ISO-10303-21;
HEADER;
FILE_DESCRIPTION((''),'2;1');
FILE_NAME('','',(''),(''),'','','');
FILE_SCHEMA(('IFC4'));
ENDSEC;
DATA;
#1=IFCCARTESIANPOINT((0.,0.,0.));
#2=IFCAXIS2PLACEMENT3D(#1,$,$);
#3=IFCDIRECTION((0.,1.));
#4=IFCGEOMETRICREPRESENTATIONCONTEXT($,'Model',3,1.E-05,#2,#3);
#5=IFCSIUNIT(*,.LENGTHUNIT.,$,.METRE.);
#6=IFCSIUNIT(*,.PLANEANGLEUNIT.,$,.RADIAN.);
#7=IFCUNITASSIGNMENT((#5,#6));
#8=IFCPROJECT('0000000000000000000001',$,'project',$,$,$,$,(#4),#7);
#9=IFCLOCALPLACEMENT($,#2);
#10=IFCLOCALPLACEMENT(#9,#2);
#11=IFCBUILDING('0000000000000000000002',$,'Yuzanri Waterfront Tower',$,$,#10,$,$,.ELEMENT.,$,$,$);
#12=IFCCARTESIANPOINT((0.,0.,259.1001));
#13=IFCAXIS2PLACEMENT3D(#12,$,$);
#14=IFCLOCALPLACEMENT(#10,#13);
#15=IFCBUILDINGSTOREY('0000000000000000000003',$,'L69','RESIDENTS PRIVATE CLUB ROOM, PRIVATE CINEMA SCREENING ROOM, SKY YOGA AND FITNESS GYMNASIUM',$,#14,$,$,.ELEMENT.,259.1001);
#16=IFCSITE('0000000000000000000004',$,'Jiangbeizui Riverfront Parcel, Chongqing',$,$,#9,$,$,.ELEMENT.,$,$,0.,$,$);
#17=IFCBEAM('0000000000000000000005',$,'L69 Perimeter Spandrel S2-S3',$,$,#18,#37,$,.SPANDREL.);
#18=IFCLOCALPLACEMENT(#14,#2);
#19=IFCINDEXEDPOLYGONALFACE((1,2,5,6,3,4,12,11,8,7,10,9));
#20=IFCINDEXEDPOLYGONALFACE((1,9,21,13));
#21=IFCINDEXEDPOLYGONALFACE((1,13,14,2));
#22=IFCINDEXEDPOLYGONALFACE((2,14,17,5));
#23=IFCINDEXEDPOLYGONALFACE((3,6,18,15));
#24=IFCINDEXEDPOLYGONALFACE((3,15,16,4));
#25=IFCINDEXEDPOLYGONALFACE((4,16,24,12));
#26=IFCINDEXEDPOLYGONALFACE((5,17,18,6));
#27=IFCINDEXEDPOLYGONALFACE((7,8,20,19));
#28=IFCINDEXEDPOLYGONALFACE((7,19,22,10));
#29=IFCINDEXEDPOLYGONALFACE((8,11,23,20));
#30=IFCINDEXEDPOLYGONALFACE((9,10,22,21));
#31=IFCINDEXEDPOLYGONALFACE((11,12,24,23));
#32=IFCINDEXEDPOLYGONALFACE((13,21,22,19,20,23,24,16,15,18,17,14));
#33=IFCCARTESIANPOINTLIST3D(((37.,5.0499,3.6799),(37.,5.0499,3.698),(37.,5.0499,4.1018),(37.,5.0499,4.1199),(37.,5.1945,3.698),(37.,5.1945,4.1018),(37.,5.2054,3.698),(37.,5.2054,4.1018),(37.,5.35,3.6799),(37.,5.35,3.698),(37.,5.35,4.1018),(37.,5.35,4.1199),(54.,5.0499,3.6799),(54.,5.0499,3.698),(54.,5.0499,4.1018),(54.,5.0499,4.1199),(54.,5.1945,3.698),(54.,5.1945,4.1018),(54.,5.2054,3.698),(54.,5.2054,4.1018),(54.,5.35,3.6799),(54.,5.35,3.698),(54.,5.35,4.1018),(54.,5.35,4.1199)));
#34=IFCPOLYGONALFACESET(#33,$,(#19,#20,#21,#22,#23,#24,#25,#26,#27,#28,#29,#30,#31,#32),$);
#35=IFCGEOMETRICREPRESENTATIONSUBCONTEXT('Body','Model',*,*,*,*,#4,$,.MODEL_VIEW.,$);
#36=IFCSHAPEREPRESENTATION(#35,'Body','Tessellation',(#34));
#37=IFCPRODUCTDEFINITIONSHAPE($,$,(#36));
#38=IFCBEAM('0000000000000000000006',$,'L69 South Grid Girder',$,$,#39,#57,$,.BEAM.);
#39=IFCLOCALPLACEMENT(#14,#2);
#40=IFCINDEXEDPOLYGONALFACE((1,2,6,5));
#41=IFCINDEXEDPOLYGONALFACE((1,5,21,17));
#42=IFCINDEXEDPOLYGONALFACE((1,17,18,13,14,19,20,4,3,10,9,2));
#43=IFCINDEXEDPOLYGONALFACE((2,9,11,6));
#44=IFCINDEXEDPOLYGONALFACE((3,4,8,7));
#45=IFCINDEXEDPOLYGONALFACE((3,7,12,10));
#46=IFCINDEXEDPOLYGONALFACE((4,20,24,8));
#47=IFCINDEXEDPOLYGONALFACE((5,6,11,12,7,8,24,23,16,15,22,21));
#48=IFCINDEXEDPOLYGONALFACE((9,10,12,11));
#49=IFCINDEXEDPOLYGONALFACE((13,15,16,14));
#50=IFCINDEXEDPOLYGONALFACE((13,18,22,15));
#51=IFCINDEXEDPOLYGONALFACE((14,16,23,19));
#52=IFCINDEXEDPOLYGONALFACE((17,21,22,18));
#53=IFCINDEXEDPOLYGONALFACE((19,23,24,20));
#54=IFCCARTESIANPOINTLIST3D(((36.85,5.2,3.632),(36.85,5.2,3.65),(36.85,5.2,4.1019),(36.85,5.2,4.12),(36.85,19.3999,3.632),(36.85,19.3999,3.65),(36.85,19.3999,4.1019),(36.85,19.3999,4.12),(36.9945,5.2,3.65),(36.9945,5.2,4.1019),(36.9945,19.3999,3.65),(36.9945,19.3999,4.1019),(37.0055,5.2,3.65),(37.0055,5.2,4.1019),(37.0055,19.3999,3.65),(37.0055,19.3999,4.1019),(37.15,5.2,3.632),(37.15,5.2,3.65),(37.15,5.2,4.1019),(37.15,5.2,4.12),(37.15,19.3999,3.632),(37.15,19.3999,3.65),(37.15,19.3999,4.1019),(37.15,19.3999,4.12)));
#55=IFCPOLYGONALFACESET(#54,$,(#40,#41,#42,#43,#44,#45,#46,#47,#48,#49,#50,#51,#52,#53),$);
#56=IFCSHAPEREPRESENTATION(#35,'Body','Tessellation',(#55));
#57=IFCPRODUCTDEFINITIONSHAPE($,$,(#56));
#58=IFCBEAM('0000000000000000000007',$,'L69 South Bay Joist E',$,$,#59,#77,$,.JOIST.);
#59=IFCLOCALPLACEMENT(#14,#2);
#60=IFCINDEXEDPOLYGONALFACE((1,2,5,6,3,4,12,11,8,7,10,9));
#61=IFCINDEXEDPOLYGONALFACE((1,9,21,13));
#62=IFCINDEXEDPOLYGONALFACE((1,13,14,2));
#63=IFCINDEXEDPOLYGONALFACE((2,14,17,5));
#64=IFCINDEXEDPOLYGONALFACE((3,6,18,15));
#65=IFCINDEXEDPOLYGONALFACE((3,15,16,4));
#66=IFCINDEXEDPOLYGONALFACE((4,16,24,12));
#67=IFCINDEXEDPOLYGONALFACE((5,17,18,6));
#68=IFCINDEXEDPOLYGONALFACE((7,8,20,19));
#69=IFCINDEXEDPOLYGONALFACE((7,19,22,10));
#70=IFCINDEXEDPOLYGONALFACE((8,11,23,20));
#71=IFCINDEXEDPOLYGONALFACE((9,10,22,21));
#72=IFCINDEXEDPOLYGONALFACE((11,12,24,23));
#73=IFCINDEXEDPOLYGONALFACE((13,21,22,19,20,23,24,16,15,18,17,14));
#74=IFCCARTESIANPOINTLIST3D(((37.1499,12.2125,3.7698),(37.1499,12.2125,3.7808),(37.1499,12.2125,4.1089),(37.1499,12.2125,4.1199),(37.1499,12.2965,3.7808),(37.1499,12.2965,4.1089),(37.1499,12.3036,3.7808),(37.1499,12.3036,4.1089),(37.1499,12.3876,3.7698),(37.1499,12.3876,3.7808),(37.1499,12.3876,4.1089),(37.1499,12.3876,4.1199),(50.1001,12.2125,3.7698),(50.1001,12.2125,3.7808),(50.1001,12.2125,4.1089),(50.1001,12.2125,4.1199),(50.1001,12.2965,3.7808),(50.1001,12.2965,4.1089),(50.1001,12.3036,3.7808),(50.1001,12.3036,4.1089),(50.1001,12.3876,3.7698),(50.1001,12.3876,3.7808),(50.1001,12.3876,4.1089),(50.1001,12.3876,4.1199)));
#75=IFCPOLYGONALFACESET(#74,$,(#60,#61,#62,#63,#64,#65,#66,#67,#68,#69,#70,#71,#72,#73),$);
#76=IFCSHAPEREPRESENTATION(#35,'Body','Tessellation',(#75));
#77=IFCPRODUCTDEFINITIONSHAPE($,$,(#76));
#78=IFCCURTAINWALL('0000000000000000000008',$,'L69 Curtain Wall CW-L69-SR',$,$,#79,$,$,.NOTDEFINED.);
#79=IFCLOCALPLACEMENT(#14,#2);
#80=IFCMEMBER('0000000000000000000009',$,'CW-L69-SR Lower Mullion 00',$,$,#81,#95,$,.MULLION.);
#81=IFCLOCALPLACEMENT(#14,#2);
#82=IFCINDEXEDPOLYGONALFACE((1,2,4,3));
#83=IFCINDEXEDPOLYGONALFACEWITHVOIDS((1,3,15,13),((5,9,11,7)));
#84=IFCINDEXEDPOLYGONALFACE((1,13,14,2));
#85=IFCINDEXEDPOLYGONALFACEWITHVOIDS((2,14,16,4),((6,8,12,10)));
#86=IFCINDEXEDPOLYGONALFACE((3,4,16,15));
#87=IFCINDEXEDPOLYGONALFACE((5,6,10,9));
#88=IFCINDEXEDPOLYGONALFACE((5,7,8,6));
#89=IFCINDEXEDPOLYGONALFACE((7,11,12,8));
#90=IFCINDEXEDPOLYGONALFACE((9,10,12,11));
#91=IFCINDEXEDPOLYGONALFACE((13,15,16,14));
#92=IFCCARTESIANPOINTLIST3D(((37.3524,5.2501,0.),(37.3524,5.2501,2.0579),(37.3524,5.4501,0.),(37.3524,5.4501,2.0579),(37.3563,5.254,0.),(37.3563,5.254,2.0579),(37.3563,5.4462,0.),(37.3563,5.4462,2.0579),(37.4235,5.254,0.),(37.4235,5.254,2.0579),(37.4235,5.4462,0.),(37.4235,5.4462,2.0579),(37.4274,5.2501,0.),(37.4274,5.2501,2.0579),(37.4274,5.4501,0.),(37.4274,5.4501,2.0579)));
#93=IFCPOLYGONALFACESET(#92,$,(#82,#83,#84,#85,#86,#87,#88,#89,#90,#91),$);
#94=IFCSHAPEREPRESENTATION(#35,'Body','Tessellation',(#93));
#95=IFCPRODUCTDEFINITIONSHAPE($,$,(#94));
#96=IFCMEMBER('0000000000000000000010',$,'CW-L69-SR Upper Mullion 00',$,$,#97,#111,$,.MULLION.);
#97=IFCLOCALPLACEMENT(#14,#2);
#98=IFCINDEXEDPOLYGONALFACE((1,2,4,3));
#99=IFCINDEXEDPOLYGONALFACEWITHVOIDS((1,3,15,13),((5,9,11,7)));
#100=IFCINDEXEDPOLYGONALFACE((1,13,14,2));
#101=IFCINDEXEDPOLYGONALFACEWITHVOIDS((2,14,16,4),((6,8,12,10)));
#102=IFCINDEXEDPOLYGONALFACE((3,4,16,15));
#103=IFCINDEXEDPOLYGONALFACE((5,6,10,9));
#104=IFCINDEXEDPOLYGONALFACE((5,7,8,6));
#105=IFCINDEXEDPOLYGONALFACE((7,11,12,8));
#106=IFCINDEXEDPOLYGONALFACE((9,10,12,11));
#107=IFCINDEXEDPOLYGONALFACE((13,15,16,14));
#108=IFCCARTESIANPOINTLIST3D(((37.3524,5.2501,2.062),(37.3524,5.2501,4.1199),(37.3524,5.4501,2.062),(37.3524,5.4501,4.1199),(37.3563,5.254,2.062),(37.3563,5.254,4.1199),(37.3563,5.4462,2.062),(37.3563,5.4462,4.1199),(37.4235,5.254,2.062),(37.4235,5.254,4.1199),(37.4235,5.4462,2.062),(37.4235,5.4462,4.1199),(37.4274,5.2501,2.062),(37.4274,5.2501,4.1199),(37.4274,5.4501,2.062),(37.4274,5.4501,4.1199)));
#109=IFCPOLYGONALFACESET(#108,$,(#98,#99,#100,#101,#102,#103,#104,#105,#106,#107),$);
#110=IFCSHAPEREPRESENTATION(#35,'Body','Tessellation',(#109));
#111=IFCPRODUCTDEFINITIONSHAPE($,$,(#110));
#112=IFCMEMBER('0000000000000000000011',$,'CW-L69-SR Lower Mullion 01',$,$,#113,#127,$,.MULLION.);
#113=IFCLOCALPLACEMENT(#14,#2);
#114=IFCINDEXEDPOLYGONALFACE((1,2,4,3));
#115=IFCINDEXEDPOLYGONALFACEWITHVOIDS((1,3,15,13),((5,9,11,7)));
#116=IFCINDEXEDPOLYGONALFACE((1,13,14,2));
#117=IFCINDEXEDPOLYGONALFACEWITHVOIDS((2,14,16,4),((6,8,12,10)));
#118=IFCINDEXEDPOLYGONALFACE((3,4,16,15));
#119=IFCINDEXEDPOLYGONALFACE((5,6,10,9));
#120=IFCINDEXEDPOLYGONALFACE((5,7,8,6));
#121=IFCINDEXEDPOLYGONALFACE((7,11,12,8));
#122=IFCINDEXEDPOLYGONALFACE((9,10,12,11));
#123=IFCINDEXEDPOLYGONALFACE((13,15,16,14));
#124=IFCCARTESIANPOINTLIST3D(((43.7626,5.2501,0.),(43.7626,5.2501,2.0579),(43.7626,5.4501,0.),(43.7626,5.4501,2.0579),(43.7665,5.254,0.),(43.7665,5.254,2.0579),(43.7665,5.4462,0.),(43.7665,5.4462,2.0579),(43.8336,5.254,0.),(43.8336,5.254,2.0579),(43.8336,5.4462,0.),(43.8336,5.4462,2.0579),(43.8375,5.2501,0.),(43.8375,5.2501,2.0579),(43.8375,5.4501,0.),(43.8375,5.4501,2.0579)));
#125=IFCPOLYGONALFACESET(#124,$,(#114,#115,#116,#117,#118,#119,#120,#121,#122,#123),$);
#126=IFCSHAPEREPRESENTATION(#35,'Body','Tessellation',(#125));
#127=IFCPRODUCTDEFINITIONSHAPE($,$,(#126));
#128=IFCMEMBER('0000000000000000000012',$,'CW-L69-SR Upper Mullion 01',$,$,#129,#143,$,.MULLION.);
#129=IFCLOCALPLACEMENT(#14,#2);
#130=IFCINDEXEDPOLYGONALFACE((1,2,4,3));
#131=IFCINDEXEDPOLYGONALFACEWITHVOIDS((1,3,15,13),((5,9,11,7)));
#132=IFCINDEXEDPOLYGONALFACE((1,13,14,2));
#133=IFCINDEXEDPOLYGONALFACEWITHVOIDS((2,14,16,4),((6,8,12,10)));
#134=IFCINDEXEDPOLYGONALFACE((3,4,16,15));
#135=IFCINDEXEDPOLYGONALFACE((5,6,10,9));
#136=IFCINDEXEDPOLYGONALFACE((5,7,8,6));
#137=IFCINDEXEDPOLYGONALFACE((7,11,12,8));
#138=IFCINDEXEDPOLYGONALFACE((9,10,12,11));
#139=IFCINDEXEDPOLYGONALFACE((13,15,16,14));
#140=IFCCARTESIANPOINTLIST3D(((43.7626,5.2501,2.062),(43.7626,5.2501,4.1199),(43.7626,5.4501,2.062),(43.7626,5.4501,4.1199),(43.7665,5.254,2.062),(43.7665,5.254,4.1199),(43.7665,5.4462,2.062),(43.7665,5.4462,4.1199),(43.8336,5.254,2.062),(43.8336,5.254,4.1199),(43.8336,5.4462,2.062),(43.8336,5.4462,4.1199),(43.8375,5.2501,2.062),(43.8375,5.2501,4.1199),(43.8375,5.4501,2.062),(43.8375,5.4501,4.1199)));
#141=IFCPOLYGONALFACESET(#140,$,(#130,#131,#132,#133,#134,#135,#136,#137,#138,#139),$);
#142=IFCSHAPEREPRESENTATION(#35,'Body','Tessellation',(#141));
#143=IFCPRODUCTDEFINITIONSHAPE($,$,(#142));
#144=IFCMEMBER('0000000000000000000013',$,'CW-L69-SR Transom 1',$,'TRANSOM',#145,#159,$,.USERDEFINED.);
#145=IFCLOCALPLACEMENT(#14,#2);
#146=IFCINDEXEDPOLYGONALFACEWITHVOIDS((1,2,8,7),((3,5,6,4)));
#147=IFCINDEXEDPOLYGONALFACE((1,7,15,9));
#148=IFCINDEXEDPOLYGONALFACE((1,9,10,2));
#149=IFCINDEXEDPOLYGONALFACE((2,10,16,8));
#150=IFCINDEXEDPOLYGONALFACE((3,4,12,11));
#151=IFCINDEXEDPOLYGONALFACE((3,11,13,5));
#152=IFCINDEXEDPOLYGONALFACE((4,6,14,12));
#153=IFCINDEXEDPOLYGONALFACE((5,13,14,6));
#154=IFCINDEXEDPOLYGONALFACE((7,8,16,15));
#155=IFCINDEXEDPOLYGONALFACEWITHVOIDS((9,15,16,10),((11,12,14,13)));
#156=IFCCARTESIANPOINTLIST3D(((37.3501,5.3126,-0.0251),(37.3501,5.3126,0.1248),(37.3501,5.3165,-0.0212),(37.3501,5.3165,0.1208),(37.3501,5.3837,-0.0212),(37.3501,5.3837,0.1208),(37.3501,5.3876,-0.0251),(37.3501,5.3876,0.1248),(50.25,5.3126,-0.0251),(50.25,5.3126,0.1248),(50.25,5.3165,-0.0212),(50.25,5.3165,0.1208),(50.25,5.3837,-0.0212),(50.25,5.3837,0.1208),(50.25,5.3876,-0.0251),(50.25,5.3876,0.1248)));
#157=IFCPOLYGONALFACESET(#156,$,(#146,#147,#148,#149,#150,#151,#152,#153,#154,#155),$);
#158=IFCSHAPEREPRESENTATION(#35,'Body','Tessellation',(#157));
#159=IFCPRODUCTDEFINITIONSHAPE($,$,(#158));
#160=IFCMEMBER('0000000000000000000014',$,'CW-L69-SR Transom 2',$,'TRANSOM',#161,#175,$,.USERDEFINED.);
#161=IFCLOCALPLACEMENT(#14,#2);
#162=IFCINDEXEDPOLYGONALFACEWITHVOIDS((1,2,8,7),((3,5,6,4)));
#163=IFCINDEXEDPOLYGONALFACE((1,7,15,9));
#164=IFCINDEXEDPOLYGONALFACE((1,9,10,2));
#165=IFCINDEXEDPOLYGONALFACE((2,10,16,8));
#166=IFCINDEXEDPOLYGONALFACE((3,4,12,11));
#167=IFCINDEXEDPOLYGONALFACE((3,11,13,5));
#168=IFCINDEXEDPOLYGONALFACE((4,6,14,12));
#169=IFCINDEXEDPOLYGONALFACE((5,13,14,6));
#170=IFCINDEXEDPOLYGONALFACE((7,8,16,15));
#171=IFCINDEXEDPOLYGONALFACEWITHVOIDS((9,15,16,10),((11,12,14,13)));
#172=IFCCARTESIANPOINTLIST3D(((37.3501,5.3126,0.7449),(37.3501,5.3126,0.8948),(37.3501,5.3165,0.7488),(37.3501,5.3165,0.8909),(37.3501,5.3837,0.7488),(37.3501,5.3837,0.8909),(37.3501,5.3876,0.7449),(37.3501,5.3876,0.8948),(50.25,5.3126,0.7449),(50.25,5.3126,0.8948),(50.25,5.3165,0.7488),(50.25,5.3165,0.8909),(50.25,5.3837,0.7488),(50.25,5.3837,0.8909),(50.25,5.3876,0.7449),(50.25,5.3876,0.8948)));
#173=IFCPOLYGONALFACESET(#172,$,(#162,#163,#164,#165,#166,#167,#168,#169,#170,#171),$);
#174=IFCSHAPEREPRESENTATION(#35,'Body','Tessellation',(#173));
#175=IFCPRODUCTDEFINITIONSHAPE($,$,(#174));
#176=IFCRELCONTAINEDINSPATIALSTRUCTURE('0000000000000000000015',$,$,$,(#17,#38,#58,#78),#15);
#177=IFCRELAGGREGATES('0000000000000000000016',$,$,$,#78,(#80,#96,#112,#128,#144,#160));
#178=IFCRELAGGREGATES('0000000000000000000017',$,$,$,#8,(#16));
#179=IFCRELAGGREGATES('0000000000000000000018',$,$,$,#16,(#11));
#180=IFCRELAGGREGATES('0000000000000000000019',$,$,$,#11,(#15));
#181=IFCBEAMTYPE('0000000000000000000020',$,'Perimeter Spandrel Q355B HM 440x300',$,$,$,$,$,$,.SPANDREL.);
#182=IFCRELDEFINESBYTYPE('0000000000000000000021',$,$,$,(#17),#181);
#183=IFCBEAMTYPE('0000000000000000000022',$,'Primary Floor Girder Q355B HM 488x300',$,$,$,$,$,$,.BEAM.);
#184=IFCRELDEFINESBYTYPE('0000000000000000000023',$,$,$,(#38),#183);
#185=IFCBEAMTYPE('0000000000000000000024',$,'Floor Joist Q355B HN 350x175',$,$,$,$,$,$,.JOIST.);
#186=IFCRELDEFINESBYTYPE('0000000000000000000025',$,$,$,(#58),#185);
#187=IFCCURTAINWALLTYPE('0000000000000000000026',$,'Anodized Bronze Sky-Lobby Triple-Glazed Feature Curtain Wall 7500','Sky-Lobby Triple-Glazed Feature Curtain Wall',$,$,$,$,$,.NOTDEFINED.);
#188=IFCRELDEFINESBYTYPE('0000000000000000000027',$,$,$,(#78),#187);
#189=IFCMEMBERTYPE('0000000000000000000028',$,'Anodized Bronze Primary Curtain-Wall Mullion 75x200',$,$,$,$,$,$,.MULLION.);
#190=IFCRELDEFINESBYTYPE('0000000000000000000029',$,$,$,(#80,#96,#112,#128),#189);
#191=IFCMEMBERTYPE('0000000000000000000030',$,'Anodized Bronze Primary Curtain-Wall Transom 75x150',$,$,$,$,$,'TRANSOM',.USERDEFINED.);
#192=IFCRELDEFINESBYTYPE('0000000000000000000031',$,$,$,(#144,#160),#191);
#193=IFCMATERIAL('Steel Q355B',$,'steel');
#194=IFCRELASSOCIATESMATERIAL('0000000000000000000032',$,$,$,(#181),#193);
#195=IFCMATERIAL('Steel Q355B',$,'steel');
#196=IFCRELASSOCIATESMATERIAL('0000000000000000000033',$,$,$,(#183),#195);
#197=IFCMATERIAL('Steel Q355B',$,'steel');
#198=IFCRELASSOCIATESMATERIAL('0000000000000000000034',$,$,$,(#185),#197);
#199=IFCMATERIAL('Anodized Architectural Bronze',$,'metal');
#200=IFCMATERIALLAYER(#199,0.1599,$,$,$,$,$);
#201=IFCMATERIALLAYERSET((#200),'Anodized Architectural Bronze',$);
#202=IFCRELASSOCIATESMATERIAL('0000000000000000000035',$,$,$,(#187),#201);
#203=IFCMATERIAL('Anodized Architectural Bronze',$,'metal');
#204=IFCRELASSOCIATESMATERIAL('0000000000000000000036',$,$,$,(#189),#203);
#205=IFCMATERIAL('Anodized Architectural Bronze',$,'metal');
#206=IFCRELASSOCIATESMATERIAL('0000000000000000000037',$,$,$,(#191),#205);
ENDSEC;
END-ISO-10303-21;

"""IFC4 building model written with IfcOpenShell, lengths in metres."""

from ifc_helpers import new_model, si_unit, direction, frame, origin, origin_2d, place, context, subcontext, project, spatial, hollow_rectangle, i_section, extrude, source, transform, mapped, material, layer, layer_set, material_profile, profile_set, type_object, element, aggregate, save


model = new_model("IFC4")

# Units and contexts
model_context = context("Model", 3, precision=1e-05, world=origin(), true_north=direction((0.0, 1.0)))
body_context = subcontext(model_context, "Body", "Model", "MODEL_VIEW")
ifc_project = project(units=[si_unit("LENGTHUNIT", "METRE"), si_unit("PLANEANGLEUNIT", "RADIAN")], contexts=[model_context])

# Site, building, storey
site_placement = place(None, origin())
site = spatial("IfcSite", under=ifc_project, at=site_placement, Name="Jiangbeizui Riverfront Parcel, Chongqing", CompositionType="ELEMENT", RefElevation=0.0)
building_placement = place(site_placement, origin())
building = spatial("IfcBuilding", under=site, at=building_placement, Name="Yuzanri Waterfront Tower", CompositionType="ELEMENT")
storey_placement = place(building_placement, frame((0.0, 0.0, 259.1001)))
storey = spatial("IfcBuildingStorey", under=building, at=storey_placement, Name="L69", Description="RESIDENTS PRIVATE CLUB ROOM, PRIVATE CINEMA SCREENING ROOM, SKY YOGA AND FITNESS GYMNASIUM", CompositionType="ELEMENT", Elevation=259.1001)

# Beams
ifc_material_1 = material(Name="Steel Q355B", Category="steel")
ifc_material_profile_1 = material_profile(ifc_material_1, i_section(OverallWidth=0.3, OverallDepth=0.4399, WebThickness=0.011, FlangeThickness=0.0181, at=origin_2d()), Name="HM 440x300x11x18")
ifc_profile_set_1 = profile_set([ifc_material_profile_1], Name="Steel Q355B")
beam_type_1 = type_object("IfcBeamType", Name="Perimeter Spandrel Q355B HM 440x300", PredefinedType="SPANDREL", material=ifc_profile_set_1)
shared_shape_1 = source(origin(), body_context, "Body", "SweptSolid", [
    extrude(i_section(OverallWidth=0.3, OverallDepth=0.4399, WebThickness=0.011, FlangeThickness=0.0181, at=origin_2d()), origin(), (0.0, 0.0, 1.0), 17.0),
])
beam_1_placement = place(storey_placement, frame((37.0, 5.2, 3.8999), z_axis=(1.0, 0.0, 0.0), x_axis=(0.0, 1.0, 0.0)))
element("IfcBeam", 1, at=beam_1_placement, inside=storey, type_object=beam_type_1, Name="L69 Perimeter Spandrel S2-S3", PredefinedType="SPANDREL", context=body_context, shape_type="MappedRepresentation", body=[
    mapped(shared_shape_1, transform((0.0, 0.0, 0.0), scale=1.0)),
])
ifc_material_2 = material(Name="Steel Q355B", Category="steel")
ifc_material_profile_2 = material_profile(ifc_material_2, i_section(OverallWidth=0.3, OverallDepth=0.488, WebThickness=0.011, FlangeThickness=0.0181, at=origin_2d()), Name="HM 488x300x11x18")
ifc_profile_set_2 = profile_set([ifc_material_profile_2], Name="Steel Q355B")
beam_type_2 = type_object("IfcBeamType", Name="Primary Floor Girder Q355B HM 488x300", PredefinedType="BEAM", material=ifc_profile_set_2)
shared_shape_2 = source(origin(), body_context, "Body", "SweptSolid", [
    extrude(i_section(OverallWidth=0.3, OverallDepth=0.488, WebThickness=0.011, FlangeThickness=0.0181, at=origin_2d()), origin(), (0.0, 0.0, 1.0), 14.2),
])
beam_2_placement = place(storey_placement, frame((37.0, 19.3999, 3.876), z_axis=(0.0, -1.0, 0.0), x_axis=(1.0, 0.0, 0.0)))
element("IfcBeam", 2, at=beam_2_placement, inside=storey, type_object=beam_type_2, Name="L69 South Grid Girder", PredefinedType="BEAM", context=body_context, shape_type="MappedRepresentation", body=[
    mapped(shared_shape_2, transform((0.0, 0.0, 0.0), scale=1.0)),
])
ifc_material_3 = material(Name="Steel Q355B", Category="steel")
ifc_material_profile_3 = material_profile(ifc_material_3, i_section(OverallWidth=0.175, OverallDepth=0.3501, WebThickness=0.0071, FlangeThickness=0.011, at=origin_2d()), Name="HN 350x175x7x11")
ifc_profile_set_3 = profile_set([ifc_material_profile_3], Name="Steel Q355B")
beam_type_3 = type_object("IfcBeamType", Name="Floor Joist Q355B HN 350x175", PredefinedType="JOIST", material=ifc_profile_set_3)
shared_shape_3 = source(origin(), body_context, "Body", "SweptSolid", [
    extrude(i_section(OverallWidth=0.175, OverallDepth=0.3501, WebThickness=0.0071, FlangeThickness=0.011, at=origin_2d()), origin(), (0.0, 0.0, 1.0), 12.9502),
])
beam_3_placement = place(storey_placement, frame((37.1499, 12.3, 3.9448), z_axis=(1.0, 0.0, 0.0), x_axis=(0.0, 1.0, 0.0)))
element("IfcBeam", 3, at=beam_3_placement, inside=storey, type_object=beam_type_3, Name="L69 South Bay Joist E", PredefinedType="JOIST", context=body_context, shape_type="MappedRepresentation", body=[
    mapped(shared_shape_3, transform((0.0, 0.0, 0.0), scale=1.0)),
])

# Curtain wall, members
ifc_material_4 = material(Name="Anodized Architectural Bronze", Category="metal")
ifc_layer_1 = layer(ifc_material_4, 0.1599)
ifc_layer_set_1 = layer_set([ifc_layer_1], Name="Anodized Architectural Bronze")
curtain_wall_type = type_object("IfcCurtainWallType", Name="Anodized Bronze Sky-Lobby Triple-Glazed Feature Curtain Wall 7500", Description="Sky-Lobby Triple-Glazed Feature Curtain Wall", PredefinedType="NOTDEFINED", material=ifc_layer_set_1)
curtain_wall_placement = place(storey_placement, origin())
curtain_wall = element("IfcCurtainWall", 4, at=curtain_wall_placement, inside=storey, type_object=curtain_wall_type, Name="L69 Curtain Wall CW-L69-SR", PredefinedType="NOTDEFINED")
ifc_material_5 = material(Name="Anodized Architectural Bronze", Category="metal")
ifc_material_profile_4 = material_profile(ifc_material_5, hollow_rectangle(XDim=0.075, YDim=0.2, WallThickness=0.0039, at=origin_2d()), Name="CWM 75x200")
ifc_profile_set_4 = profile_set([ifc_material_profile_4], Name="Anodized Architectural Bronze")
member_type_1 = type_object("IfcMemberType", Name="Anodized Bronze Primary Curtain-Wall Mullion 75x200", PredefinedType="MULLION", material=ifc_profile_set_4)
shared_shape_4 = source(origin(), body_context, "Body", "SweptSolid", [
    extrude(hollow_rectangle(XDim=0.075, YDim=0.2, WallThickness=0.0039, at=origin_2d()), origin(), (0.0, 0.0, 1.0), 2.0579),
])
member_1_placement = place(storey_placement, frame((37.3899, 5.3501, 0.0), z_axis=(0.0, 0.0, 1.0), x_axis=(1.0, 0.0, 0.0)))
member_1 = element("IfcMember", 5, at=member_1_placement, type_object=member_type_1, Name="CW-L69-SR Lower Mullion 00", PredefinedType="MULLION", context=body_context, shape_type="MappedRepresentation", body=[
    mapped(shared_shape_4, transform((0.0, 0.0, 0.0), scale=1.0)),
])
member_2_placement = place(storey_placement, frame((37.3899, 5.3501, 2.062), z_axis=(0.0, 0.0, 1.0), x_axis=(1.0, 0.0, 0.0)))
member_2 = element("IfcMember", 6, at=member_2_placement, type_object=member_type_1, Name="CW-L69-SR Upper Mullion 00", PredefinedType="MULLION", context=body_context, shape_type="MappedRepresentation", body=[
    mapped(shared_shape_4, transform((0.0, 0.0, 0.0), scale=1.0)),
])
member_3_placement = place(storey_placement, frame((43.8, 5.3501, 0.0), z_axis=(0.0, 0.0, 1.0), x_axis=(1.0, 0.0, 0.0)))
member_3 = element("IfcMember", 7, at=member_3_placement, type_object=member_type_1, Name="CW-L69-SR Lower Mullion 01", PredefinedType="MULLION", context=body_context, shape_type="MappedRepresentation", body=[
    mapped(shared_shape_4, transform((0.0, 0.0, 0.0), scale=1.0)),
])
member_4_placement = place(storey_placement, frame((43.8, 5.3501, 2.062), z_axis=(0.0, 0.0, 1.0), x_axis=(1.0, 0.0, 0.0)))
member_4 = element("IfcMember", 8, at=member_4_placement, type_object=member_type_1, Name="CW-L69-SR Upper Mullion 01", PredefinedType="MULLION", context=body_context, shape_type="MappedRepresentation", body=[
    mapped(shared_shape_4, transform((0.0, 0.0, 0.0), scale=1.0)),
])
ifc_material_6 = material(Name="Anodized Architectural Bronze", Category="metal")
ifc_material_profile_5 = material_profile(ifc_material_6, hollow_rectangle(XDim=0.075, YDim=0.1499, WallThickness=0.0039, at=origin_2d()), Name="CWT 75x150")
ifc_profile_set_5 = profile_set([ifc_material_profile_5], Name="Anodized Architectural Bronze")
member_type_2 = type_object("IfcMemberType", Name="Anodized Bronze Primary Curtain-Wall Transom 75x150", ElementType="TRANSOM", PredefinedType="USERDEFINED", material=ifc_profile_set_5)
shared_shape_5 = source(origin(), body_context, "Body", "SweptSolid", [
    extrude(hollow_rectangle(XDim=0.075, YDim=0.1499, WallThickness=0.0039, at=origin_2d()), origin(), (0.0, 0.0, 1.0), 12.8999),
])
member_5_placement = place(storey_placement, frame((37.3501, 5.3501, 0.0498), z_axis=(1.0, 0.0, 0.0), x_axis=(0.0, 1.0, 0.0)))
member_5 = element("IfcMember", 9, at=member_5_placement, type_object=member_type_2, Name="CW-L69-SR Transom 1", ObjectType="TRANSOM", PredefinedType="USERDEFINED", context=body_context, shape_type="MappedRepresentation", body=[
    mapped(shared_shape_5, transform((0.0, 0.0, 0.0), scale=1.0)),
])
member_6_placement = place(storey_placement, frame((37.3501, 5.3501, 0.8198), z_axis=(1.0, 0.0, 0.0), x_axis=(0.0, 1.0, 0.0)))
member_6 = element("IfcMember", 10, at=member_6_placement, type_object=member_type_2, Name="CW-L69-SR Transom 2", ObjectType="TRANSOM", PredefinedType="USERDEFINED", context=body_context, shape_type="MappedRepresentation", body=[
    mapped(shared_shape_5, transform((0.0, 0.0, 0.0), scale=1.0)),
])
aggregate(curtain_wall, [member_1, member_2, member_3, member_4, member_5, member_6])

save(model, "model.ifc")
